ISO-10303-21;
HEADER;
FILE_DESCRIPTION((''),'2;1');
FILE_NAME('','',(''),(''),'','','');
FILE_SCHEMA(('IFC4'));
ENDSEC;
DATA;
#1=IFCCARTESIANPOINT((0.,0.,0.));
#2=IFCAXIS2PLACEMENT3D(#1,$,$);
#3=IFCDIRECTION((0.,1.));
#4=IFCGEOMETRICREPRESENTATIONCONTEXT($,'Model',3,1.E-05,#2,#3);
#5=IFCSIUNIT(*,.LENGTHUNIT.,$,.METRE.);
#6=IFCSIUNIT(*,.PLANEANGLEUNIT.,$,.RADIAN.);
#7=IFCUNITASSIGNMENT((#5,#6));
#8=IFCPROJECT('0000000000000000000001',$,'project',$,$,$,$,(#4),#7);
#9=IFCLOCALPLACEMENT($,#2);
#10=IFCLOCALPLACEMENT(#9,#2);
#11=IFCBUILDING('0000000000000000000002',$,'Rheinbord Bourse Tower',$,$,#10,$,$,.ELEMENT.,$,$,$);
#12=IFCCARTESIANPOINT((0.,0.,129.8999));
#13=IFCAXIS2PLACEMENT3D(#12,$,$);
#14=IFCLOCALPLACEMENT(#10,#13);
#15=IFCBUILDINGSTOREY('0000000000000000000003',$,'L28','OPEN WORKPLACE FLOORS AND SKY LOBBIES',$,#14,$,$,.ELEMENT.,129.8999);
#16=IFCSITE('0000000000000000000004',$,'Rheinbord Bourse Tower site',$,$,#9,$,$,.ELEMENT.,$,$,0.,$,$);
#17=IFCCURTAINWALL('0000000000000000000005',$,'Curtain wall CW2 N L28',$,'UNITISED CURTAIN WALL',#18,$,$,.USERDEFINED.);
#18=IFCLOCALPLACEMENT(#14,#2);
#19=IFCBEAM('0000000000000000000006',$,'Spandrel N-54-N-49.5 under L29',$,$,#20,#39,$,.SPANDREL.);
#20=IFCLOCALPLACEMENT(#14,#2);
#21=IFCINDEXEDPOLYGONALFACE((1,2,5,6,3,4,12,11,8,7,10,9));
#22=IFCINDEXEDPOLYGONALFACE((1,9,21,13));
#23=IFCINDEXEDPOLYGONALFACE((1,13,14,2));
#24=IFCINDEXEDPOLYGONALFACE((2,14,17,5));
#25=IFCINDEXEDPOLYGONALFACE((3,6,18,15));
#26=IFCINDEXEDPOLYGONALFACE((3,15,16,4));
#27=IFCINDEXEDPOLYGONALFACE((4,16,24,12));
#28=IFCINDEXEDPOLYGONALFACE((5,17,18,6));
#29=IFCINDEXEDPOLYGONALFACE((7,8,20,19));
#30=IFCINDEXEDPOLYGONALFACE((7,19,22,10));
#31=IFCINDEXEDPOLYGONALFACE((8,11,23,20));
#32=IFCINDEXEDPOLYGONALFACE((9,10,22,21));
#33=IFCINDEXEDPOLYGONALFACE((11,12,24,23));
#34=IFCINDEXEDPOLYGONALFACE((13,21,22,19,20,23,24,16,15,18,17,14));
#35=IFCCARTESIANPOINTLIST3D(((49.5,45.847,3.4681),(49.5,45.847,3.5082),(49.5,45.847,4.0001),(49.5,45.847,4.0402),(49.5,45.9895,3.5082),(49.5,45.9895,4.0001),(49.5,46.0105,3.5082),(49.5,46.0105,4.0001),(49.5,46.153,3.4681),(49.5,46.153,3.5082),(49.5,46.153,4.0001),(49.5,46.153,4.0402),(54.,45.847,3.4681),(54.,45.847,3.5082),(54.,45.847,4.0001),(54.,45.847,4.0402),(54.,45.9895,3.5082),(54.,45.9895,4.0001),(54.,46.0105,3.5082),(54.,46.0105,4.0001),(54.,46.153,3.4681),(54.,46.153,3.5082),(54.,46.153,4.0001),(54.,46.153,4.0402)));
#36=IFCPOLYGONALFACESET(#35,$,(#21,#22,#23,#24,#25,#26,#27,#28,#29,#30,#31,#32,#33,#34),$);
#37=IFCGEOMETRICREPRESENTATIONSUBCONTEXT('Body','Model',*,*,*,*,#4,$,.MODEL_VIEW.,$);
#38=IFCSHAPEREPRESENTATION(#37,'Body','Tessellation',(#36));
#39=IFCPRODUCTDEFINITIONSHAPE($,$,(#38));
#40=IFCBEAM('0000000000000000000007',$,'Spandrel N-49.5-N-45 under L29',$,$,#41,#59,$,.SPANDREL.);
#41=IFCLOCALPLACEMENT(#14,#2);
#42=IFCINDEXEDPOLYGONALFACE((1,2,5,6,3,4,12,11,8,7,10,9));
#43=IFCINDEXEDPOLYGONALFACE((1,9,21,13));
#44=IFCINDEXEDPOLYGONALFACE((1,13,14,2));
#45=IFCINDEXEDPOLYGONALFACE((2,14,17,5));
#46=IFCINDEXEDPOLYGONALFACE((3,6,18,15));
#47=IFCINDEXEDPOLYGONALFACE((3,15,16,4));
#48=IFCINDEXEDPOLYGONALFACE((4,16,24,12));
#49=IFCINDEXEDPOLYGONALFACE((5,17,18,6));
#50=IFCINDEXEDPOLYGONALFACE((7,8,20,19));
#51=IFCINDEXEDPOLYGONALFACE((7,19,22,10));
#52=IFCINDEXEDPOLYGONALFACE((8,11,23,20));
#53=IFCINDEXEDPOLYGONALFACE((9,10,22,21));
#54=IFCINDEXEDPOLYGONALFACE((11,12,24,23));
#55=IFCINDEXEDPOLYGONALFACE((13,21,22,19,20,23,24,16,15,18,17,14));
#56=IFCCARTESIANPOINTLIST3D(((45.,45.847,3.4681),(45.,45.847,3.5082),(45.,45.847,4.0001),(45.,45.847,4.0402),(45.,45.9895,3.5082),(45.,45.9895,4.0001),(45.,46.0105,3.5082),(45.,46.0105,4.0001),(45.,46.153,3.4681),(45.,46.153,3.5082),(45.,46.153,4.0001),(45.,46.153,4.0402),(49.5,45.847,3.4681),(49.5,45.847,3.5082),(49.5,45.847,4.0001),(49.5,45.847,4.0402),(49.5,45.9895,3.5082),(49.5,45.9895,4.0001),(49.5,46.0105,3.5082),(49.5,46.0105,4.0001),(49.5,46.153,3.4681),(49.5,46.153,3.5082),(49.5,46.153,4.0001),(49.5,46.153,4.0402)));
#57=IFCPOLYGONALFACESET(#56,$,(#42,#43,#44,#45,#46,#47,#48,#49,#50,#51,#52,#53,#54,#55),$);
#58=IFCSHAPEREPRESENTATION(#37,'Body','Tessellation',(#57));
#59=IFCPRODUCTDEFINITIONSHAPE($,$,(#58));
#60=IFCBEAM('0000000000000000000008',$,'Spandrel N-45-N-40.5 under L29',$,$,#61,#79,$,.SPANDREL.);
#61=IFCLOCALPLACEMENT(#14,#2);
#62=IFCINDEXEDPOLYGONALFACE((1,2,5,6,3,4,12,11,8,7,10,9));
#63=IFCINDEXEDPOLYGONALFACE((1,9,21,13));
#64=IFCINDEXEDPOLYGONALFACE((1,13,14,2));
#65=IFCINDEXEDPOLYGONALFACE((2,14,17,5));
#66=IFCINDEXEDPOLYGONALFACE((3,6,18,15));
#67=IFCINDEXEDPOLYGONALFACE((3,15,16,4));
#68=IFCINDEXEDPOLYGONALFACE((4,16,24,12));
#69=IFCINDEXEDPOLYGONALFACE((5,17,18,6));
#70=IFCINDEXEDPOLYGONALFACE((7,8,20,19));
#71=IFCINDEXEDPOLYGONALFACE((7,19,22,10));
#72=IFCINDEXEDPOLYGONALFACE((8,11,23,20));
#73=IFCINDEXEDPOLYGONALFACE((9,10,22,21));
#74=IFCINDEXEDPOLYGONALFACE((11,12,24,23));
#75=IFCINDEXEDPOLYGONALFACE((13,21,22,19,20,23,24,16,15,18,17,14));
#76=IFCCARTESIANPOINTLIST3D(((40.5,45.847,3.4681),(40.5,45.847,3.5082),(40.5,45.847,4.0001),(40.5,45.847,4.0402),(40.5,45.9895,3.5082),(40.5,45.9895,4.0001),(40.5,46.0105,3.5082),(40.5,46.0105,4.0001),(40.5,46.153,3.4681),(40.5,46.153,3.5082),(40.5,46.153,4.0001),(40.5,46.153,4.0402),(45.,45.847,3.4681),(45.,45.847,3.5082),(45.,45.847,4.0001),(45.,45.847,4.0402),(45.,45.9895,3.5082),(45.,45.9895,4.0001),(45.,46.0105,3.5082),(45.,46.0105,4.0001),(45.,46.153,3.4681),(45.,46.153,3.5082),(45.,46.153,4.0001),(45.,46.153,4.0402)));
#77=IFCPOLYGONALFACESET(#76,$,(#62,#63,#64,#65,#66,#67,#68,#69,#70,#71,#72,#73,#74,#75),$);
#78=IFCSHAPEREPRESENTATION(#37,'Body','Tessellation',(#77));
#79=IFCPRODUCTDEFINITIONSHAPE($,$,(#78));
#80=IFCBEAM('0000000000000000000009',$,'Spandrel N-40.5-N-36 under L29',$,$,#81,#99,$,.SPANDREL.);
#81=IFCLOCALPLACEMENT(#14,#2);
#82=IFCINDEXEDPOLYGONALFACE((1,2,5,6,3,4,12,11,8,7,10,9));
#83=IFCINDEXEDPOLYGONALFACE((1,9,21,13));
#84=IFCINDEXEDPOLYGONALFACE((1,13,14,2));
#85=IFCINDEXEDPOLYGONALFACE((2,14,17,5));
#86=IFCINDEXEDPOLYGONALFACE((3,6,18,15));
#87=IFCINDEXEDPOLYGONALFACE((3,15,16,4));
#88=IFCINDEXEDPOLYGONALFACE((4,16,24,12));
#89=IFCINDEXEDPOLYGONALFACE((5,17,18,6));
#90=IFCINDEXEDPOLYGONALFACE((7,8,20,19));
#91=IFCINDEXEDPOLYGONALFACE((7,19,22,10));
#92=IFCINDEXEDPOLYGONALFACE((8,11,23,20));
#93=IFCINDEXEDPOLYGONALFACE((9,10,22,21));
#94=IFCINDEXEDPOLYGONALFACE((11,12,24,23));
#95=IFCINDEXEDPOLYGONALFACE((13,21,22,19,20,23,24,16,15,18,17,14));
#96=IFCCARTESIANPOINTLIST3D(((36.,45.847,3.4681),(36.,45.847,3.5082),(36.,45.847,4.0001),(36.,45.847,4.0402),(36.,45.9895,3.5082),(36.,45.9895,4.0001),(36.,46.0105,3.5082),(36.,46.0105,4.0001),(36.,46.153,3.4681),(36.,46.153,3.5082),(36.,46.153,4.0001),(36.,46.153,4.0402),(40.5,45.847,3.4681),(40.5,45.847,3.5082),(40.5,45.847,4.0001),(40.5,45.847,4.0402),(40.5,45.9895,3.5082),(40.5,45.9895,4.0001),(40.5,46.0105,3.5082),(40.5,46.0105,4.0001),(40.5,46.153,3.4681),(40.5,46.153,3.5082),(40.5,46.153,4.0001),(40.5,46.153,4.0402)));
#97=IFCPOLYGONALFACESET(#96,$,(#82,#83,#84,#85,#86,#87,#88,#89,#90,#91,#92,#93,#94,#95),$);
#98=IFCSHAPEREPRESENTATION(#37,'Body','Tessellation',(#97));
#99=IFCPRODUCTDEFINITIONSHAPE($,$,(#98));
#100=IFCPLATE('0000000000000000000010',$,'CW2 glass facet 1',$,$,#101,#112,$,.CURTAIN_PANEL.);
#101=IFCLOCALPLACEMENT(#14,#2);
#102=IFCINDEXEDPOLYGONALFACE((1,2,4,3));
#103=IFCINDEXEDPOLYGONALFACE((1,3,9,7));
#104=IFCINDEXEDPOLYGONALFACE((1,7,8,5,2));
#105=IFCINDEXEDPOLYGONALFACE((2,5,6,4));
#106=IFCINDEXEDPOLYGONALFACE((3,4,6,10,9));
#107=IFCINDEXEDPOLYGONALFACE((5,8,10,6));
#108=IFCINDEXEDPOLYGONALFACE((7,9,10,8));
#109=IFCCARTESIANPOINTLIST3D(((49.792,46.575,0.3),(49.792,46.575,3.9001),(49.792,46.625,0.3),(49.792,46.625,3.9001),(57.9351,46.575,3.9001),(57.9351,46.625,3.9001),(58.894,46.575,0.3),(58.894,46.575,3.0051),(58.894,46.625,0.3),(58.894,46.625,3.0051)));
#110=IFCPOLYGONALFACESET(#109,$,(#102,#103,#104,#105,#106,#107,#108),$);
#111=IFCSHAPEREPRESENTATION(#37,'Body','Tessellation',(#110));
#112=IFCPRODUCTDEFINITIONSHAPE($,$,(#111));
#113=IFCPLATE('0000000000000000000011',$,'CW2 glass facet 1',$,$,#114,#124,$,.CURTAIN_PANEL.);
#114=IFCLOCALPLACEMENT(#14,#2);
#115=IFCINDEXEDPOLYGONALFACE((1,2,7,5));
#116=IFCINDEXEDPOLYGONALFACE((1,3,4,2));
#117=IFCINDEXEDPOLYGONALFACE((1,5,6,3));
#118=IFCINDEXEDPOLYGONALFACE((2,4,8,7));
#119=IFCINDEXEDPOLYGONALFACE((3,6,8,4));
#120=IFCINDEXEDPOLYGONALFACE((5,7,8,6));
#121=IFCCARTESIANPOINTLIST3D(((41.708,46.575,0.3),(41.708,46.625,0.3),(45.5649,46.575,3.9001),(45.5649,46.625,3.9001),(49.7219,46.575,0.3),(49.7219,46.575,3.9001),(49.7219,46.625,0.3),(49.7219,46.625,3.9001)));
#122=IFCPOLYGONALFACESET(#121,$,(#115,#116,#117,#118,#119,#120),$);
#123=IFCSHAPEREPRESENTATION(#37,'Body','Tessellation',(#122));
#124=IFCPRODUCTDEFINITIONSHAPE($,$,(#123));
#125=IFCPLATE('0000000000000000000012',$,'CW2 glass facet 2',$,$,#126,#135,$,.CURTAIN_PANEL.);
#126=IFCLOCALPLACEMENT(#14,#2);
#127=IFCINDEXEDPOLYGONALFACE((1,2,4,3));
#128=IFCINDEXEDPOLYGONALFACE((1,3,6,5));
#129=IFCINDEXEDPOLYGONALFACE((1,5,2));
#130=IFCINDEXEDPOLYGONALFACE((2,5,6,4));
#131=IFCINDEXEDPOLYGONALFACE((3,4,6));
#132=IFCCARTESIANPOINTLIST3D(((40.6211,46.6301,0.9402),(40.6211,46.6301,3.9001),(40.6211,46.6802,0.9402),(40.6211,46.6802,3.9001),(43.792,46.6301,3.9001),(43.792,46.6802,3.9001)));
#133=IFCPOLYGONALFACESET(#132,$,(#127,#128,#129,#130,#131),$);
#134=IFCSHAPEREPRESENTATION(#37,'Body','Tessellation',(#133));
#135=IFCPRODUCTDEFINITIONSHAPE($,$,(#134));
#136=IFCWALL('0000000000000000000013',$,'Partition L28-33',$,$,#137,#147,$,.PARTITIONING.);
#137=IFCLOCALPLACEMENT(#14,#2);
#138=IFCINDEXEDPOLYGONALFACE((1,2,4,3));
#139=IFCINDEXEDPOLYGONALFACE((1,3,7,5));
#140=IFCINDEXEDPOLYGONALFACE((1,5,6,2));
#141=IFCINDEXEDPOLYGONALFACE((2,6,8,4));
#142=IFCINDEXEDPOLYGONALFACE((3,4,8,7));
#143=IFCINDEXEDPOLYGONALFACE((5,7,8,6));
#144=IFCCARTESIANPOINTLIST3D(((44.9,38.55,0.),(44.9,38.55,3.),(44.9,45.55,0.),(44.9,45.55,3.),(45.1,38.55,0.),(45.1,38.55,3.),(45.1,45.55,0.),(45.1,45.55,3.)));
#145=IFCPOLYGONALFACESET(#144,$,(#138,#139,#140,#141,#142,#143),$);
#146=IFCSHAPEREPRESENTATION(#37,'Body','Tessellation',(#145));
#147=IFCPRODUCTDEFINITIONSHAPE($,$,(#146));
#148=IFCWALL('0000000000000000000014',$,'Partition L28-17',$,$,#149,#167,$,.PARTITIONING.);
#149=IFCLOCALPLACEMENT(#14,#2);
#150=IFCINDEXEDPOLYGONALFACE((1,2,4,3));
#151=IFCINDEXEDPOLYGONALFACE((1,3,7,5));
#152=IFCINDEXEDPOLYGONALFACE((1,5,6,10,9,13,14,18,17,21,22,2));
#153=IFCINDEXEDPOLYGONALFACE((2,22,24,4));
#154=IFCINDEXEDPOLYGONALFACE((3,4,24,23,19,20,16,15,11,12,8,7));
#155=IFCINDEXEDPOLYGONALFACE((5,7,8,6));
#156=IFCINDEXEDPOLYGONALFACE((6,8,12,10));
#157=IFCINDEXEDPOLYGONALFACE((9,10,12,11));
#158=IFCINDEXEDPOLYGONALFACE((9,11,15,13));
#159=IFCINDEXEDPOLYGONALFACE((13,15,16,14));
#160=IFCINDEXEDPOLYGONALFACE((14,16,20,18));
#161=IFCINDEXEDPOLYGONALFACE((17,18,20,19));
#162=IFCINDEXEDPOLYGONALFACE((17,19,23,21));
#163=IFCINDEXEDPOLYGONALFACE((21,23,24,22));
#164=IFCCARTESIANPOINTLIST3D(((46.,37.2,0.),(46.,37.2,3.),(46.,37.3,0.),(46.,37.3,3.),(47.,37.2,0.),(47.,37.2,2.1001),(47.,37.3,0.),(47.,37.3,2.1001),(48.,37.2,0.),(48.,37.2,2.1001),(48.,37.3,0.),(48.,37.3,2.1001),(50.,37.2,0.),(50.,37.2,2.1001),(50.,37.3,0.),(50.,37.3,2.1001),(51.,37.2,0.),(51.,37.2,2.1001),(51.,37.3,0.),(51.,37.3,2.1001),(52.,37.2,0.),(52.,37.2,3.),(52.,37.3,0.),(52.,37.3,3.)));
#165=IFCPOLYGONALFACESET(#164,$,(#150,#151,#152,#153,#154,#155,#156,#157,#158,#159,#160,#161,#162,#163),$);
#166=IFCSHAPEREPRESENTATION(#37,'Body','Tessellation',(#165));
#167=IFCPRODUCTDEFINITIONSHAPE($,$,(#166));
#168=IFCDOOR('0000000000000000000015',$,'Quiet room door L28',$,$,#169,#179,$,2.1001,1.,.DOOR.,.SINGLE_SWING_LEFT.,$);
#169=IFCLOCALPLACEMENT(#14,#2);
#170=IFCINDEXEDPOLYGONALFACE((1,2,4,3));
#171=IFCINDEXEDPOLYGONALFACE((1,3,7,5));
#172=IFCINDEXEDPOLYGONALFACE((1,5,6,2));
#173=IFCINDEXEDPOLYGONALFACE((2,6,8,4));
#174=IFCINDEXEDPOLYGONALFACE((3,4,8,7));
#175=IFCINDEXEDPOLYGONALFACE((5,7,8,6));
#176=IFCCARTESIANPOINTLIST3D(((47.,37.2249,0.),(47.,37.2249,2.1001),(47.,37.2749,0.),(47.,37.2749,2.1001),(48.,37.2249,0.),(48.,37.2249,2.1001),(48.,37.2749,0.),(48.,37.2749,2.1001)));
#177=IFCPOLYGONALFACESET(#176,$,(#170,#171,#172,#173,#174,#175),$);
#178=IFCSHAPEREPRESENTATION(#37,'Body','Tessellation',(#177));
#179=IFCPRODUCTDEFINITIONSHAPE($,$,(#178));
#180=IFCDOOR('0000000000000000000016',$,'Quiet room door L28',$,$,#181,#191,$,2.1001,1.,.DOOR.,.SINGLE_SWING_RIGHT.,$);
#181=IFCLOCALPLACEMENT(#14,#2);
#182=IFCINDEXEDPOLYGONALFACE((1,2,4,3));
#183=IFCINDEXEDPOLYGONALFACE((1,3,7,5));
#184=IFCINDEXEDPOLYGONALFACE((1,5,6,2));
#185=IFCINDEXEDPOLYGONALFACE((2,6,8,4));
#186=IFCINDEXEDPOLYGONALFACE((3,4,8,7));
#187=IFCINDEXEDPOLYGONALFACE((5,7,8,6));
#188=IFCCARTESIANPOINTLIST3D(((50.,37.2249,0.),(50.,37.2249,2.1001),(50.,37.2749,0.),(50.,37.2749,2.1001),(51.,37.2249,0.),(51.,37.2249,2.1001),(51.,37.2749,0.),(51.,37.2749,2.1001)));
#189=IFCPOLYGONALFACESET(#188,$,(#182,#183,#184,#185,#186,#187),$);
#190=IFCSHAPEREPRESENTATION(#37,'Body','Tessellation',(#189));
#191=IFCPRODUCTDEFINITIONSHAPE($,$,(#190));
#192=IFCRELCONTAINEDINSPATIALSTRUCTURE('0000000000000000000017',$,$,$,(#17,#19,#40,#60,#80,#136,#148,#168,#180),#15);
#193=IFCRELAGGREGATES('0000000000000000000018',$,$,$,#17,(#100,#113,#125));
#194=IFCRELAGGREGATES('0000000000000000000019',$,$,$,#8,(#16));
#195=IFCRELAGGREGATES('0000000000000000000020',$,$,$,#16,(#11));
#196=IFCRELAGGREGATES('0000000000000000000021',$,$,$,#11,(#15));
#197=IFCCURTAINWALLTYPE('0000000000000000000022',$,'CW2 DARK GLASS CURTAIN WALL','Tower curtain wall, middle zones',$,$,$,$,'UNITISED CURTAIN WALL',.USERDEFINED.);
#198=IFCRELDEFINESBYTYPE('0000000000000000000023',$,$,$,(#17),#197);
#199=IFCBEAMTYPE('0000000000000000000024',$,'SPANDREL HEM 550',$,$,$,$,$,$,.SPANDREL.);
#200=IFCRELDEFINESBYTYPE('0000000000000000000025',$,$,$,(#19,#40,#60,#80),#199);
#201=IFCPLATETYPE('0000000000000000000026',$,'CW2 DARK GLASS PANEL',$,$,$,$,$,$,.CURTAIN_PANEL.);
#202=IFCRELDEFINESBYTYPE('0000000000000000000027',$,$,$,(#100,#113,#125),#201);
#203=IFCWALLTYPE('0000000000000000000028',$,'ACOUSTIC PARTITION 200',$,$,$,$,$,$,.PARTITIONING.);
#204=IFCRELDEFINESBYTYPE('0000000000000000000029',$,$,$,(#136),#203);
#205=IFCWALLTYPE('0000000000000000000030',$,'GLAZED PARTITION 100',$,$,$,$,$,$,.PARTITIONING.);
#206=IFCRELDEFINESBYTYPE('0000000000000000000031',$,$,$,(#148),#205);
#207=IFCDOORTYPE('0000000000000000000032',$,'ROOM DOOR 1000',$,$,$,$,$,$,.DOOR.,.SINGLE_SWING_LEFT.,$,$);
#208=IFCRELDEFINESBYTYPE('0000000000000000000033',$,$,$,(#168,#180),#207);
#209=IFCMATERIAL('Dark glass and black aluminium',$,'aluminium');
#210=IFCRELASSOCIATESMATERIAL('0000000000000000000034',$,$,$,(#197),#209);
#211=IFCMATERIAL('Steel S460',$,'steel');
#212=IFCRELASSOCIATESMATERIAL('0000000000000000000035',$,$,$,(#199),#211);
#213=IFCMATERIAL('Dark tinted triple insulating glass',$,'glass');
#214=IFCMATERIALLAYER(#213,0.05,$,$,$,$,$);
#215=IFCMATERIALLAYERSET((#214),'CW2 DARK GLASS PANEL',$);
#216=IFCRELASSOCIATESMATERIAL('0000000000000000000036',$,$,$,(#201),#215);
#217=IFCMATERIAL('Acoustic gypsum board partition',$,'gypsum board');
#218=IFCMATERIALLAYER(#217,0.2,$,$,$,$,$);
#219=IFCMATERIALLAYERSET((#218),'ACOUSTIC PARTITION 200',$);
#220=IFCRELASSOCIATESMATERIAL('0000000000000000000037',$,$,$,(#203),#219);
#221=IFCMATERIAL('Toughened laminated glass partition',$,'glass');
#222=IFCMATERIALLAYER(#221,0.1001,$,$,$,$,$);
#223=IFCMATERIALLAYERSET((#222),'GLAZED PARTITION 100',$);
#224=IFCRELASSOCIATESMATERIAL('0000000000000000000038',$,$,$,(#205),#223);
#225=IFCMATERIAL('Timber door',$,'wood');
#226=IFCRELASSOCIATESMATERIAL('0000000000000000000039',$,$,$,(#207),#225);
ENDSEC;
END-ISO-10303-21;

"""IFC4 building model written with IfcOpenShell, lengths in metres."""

from ifc_helpers import new_model, si_unit, direction, frame, frame_2d, origin, origin_2d, place, context, subcontext, project, spatial, polyline, rectangle, i_section, outline, extrude, material, layer, layer_set, material_profile, profile_set, type_object, element, fill, aggregate, save


model = new_model("IFC4")

# Units and contexts
model_context = context("Model", 3, precision=1e-05, world=origin(), true_north=direction((0.0, 1.0)))
body_context = subcontext(model_context, "Body", "Model", "MODEL_VIEW")
ifc_project = project(units=[si_unit("LENGTHUNIT", "METRE"), si_unit("PLANEANGLEUNIT", "RADIAN")], contexts=[model_context])

# Site, building, storey
site_placement = place(None, origin())
site = spatial("IfcSite", under=ifc_project, at=site_placement, Name="Rheinbord Bourse Tower site", CompositionType="ELEMENT", RefElevation=0.0)
building_placement = place(site_placement, origin())
building = spatial("IfcBuilding", under=site, at=building_placement, Name="Rheinbord Bourse Tower", CompositionType="ELEMENT")
storey_placement = place(building_placement, frame((0.0, 0.0, 129.8999)))
storey = spatial("IfcBuildingStorey", under=building, at=storey_placement, Name="L28", Description="OPEN WORKPLACE FLOORS AND SKY LOBBIES", CompositionType="ELEMENT", Elevation=129.8999)

# Curtain wall
ifc_material_1 = material(Name="Dark glass and black aluminium", Category="aluminium")
curtain_wall_type = type_object("IfcCurtainWallType", Name="CW2 DARK GLASS CURTAIN WALL", Description="Tower curtain wall, middle zones", ElementType="UNITISED CURTAIN WALL", PredefinedType="USERDEFINED", material=ifc_material_1)
curtain_wall_placement = place(storey_placement, origin())
curtain_wall = element("IfcCurtainWall", 1, at=curtain_wall_placement, inside=storey, type_object=curtain_wall_type, Name="Curtain wall CW2 N L28", ObjectType="UNITISED CURTAIN WALL", PredefinedType="USERDEFINED")

# Beams
ifc_material_2 = material(Name="Steel S460", Category="steel")
ifc_material_profile_1 = material_profile(ifc_material_2, i_section(OverallWidth=0.3059, OverallDepth=0.572, WebThickness=0.021, FlangeThickness=0.04, at=origin_2d()), Name="HEM 550")
ifc_profile_set_1 = profile_set([ifc_material_profile_1], Name="Steel S460")
beam_type_1 = type_object("IfcBeamType", Name="SPANDREL HEM 550", PredefinedType="SPANDREL", material=ifc_profile_set_1)
for number, where, z_axis, x_axis, name in (
    (2, (54.0, 46.0, 3.7542), (-1.0, 0.0, 0.0), (0.0, -1.0, 0.0), "Spandrel N-54-N-49.5 under L29"),
    (3, (49.5, 46.0, 3.7542), (-1.0, 0.0, 0.0), (0.0, -1.0, 0.0), "Spandrel N-49.5-N-45 under L29"),
    (4, (45.0, 46.0, 3.7542), (-1.0, 0.0, 0.0), (0.0, -1.0, 0.0), "Spandrel N-45-N-40.5 under L29"),
    (5, (40.5, 46.0, 3.7542), (-1.0, 0.0, 0.0), (0.0, -1.0, 0.0), "Spandrel N-40.5-N-36 under L29"),
):
    element("IfcBeam", number, at=place(storey_placement, frame(where, z_axis=z_axis, x_axis=x_axis)), inside=storey, type_object=beam_type_1, Name=name, PredefinedType="SPANDREL", context=body_context, shape_type="SweptSolid", body=[
        extrude(i_section(OverallWidth=0.3059, OverallDepth=0.572, WebThickness=0.021, FlangeThickness=0.04, at=origin_2d()), origin(), (0.0, 0.0, 1.0), 4.5),
    ])

# Plates
ifc_material_3 = material(Name="Dark tinted triple insulating glass", Category="glass")
ifc_layer_1 = layer(ifc_material_3, 0.05)
ifc_layer_set_1 = layer_set([ifc_layer_1], Name="CW2 DARK GLASS PANEL")
plate_type = type_object("IfcPlateType", Name="CW2 DARK GLASS PANEL", PredefinedType="CURTAIN_PANEL", material=ifc_layer_set_1)
plate_1_placement = place(storey_placement, frame((49.792, 46.625, 3.9001), z_axis=(0.0, -1.0, 0.0), x_axis=(0.0, 0.0, -1.0)))
plate_1 = element("IfcPlate", 6, at=plate_1_placement, type_object=plate_type, Name="CW2 glass facet 1", PredefinedType="CURTAIN_PANEL", context=body_context, shape_type="SweptSolid", body=[
    extrude(outline(polyline([(0.0, 0.0), (3.6001, 0.0), (3.6001, 9.1021), (0.895, 9.1021), (0.0, 8.1431), (0.0, 0.0)])), origin(), (0.0, 0.0, 1.0), 0.05),
])
plate_2_placement = place(storey_placement, frame((49.7219, 46.625, 0.3), z_axis=(0.0, -1.0, 0.0), x_axis=(0.0, 0.0, 1.0)))
plate_2 = element("IfcPlate", 7, at=plate_2_placement, type_object=plate_type, Name="CW2 glass facet 1", PredefinedType="CURTAIN_PANEL", context=body_context, shape_type="SweptSolid", body=[
    extrude(outline(polyline([(0.0, 0.0), (3.6001, 0.0), (3.6001, 4.157), (0.0, 8.0139), (0.0, 0.0)])), origin(), (0.0, 0.0, 1.0), 0.05),
])
plate_3_placement = place(storey_placement, frame((40.6211, 46.6802, 3.9001), z_axis=(0.0, -1.0, 0.0), x_axis=(0.0, 0.0, -1.0)))
plate_3 = element("IfcPlate", 8, at=plate_3_placement, type_object=plate_type, Name="CW2 glass facet 2", PredefinedType="CURTAIN_PANEL", context=body_context, shape_type="SweptSolid", body=[
    extrude(outline(polyline([(0.0, 0.0), (2.96, 0.0), (0.0, 3.1709), (0.0, 0.0)])), origin(), (0.0, 0.0, 1.0), 0.05),
])
aggregate(curtain_wall, [plate_1, plate_2, plate_3])

# Wall
ifc_material_4 = material(Name="Acoustic gypsum board partition", Category="gypsum board")
ifc_layer_2 = layer(ifc_material_4, 0.2)
ifc_layer_set_2 = layer_set([ifc_layer_2], Name="ACOUSTIC PARTITION 200")
wall_type_1 = type_object("IfcWallType", Name="ACOUSTIC PARTITION 200", PredefinedType="PARTITIONING", material=ifc_layer_set_2)
wall_1_placement = place(storey_placement, frame((45.0, 38.55, 0.0), z_axis=(0.0, 0.0, 1.0), x_axis=(0.0, 1.0, 0.0)))
element("IfcWall", 9, at=wall_1_placement, inside=storey, type_object=wall_type_1, Name="Partition L28-33", PredefinedType="PARTITIONING", context=body_context, shape_type="SweptSolid", body=[
    extrude(rectangle(XDim=7.0, YDim=0.2, at=frame_2d((3.5, 0.0))), origin(), (0.0, 0.0, 1.0), 3.0),
])

# Wall, openings, doors
ifc_material_5 = material(Name="Toughened laminated glass partition", Category="glass")
ifc_layer_3 = layer(ifc_material_5, 0.1001)
ifc_layer_set_3 = layer_set([ifc_layer_3], Name="GLAZED PARTITION 100")
wall_type_2 = type_object("IfcWallType", Name="GLAZED PARTITION 100", PredefinedType="PARTITIONING", material=ifc_layer_set_3)
wall_2_placement = place(storey_placement, frame((46.0, 37.25, 0.0), z_axis=(0.0, 0.0, 1.0), x_axis=(1.0, 0.0, 0.0)))
wall_2 = element("IfcWall", 10, at=wall_2_placement, inside=storey, type_object=wall_type_2, Name="Partition L28-17", PredefinedType="PARTITIONING", context=body_context, shape_type="SweptSolid", body=[
    extrude(rectangle(XDim=6.0, YDim=0.1001, at=frame_2d((3.0, 0.0))), origin(), (0.0, 0.0, 1.0), 3.0),
])
opening_1_placement = place(wall_2_placement, frame((1.0, 0.0, 0.0)))
opening_1 = element("IfcOpeningElement", 11, at=opening_1_placement, cuts=wall_2, PredefinedType="OPENING", context=body_context, shape_type="SweptSolid", body=[
    extrude(rectangle(XDim=1.0, YDim=2.1001, at=frame_2d((0.5, 1.05))), frame((0.0, 0.0601, 0.0), z_axis=(0.0, -1.0, 0.0), x_axis=(1.0, 0.0, 0.0)), (0.0, 0.0, 1.0), 0.1201),
])
opening_2_placement = place(wall_2_placement, frame((4.0, 0.0, 0.0)))
opening_2 = element("IfcOpeningElement", 12, at=opening_2_placement, cuts=wall_2, PredefinedType="OPENING", context=body_context, shape_type="SweptSolid", body=[
    extrude(rectangle(XDim=1.0, YDim=2.1001, at=frame_2d((0.5, 1.05))), frame((0.0, 0.0601, 0.0), z_axis=(0.0, -1.0, 0.0), x_axis=(1.0, 0.0, 0.0)), (0.0, 0.0, 1.0), 0.1201),
])
ifc_material_6 = material(Name="Timber door", Category="wood")
door_type_1 = type_object("IfcDoorType", Name="ROOM DOOR 1000", OperationType="SINGLE_SWING_LEFT", PredefinedType="DOOR", material=ifc_material_6)
door_1_placement = place(opening_1_placement, origin())
door_1 = element("IfcDoor", 13, at=door_1_placement, inside=storey, type_object=door_type_1, Name="Quiet room door L28", OperationType="SINGLE_SWING_LEFT", OverallHeight=2.1001, OverallWidth=1.0, PredefinedType="DOOR", context=body_context, shape_type="SweptSolid", body=[
    extrude(rectangle(XDim=1.0, YDim=2.1001, at=frame_2d((0.5, 1.05))), frame((0.0, 0.0249, 0.0), z_axis=(0.0, -1.0, 0.0), x_axis=(1.0, 0.0, 0.0)), (0.0, 0.0, 1.0), 0.05),
])
fill(opening_1, door_1)
door_2_placement = place(opening_2_placement, origin())
door_2 = element("IfcDoor", 14, at=door_2_placement, inside=storey, type_object=door_type_1, Name="Quiet room door L28", OperationType="SINGLE_SWING_RIGHT", OverallHeight=2.1001, OverallWidth=1.0, PredefinedType="DOOR", context=body_context, shape_type="SweptSolid", body=[
    extrude(rectangle(XDim=1.0, YDim=2.1001, at=frame_2d((0.5, 1.05))), frame((0.0, 0.0249, 0.0), z_axis=(0.0, -1.0, 0.0), x_axis=(1.0, 0.0, 0.0)), (0.0, 0.0, 1.0), 0.05),
])
fill(opening_2, door_2)

save(model, "model.ifc")
